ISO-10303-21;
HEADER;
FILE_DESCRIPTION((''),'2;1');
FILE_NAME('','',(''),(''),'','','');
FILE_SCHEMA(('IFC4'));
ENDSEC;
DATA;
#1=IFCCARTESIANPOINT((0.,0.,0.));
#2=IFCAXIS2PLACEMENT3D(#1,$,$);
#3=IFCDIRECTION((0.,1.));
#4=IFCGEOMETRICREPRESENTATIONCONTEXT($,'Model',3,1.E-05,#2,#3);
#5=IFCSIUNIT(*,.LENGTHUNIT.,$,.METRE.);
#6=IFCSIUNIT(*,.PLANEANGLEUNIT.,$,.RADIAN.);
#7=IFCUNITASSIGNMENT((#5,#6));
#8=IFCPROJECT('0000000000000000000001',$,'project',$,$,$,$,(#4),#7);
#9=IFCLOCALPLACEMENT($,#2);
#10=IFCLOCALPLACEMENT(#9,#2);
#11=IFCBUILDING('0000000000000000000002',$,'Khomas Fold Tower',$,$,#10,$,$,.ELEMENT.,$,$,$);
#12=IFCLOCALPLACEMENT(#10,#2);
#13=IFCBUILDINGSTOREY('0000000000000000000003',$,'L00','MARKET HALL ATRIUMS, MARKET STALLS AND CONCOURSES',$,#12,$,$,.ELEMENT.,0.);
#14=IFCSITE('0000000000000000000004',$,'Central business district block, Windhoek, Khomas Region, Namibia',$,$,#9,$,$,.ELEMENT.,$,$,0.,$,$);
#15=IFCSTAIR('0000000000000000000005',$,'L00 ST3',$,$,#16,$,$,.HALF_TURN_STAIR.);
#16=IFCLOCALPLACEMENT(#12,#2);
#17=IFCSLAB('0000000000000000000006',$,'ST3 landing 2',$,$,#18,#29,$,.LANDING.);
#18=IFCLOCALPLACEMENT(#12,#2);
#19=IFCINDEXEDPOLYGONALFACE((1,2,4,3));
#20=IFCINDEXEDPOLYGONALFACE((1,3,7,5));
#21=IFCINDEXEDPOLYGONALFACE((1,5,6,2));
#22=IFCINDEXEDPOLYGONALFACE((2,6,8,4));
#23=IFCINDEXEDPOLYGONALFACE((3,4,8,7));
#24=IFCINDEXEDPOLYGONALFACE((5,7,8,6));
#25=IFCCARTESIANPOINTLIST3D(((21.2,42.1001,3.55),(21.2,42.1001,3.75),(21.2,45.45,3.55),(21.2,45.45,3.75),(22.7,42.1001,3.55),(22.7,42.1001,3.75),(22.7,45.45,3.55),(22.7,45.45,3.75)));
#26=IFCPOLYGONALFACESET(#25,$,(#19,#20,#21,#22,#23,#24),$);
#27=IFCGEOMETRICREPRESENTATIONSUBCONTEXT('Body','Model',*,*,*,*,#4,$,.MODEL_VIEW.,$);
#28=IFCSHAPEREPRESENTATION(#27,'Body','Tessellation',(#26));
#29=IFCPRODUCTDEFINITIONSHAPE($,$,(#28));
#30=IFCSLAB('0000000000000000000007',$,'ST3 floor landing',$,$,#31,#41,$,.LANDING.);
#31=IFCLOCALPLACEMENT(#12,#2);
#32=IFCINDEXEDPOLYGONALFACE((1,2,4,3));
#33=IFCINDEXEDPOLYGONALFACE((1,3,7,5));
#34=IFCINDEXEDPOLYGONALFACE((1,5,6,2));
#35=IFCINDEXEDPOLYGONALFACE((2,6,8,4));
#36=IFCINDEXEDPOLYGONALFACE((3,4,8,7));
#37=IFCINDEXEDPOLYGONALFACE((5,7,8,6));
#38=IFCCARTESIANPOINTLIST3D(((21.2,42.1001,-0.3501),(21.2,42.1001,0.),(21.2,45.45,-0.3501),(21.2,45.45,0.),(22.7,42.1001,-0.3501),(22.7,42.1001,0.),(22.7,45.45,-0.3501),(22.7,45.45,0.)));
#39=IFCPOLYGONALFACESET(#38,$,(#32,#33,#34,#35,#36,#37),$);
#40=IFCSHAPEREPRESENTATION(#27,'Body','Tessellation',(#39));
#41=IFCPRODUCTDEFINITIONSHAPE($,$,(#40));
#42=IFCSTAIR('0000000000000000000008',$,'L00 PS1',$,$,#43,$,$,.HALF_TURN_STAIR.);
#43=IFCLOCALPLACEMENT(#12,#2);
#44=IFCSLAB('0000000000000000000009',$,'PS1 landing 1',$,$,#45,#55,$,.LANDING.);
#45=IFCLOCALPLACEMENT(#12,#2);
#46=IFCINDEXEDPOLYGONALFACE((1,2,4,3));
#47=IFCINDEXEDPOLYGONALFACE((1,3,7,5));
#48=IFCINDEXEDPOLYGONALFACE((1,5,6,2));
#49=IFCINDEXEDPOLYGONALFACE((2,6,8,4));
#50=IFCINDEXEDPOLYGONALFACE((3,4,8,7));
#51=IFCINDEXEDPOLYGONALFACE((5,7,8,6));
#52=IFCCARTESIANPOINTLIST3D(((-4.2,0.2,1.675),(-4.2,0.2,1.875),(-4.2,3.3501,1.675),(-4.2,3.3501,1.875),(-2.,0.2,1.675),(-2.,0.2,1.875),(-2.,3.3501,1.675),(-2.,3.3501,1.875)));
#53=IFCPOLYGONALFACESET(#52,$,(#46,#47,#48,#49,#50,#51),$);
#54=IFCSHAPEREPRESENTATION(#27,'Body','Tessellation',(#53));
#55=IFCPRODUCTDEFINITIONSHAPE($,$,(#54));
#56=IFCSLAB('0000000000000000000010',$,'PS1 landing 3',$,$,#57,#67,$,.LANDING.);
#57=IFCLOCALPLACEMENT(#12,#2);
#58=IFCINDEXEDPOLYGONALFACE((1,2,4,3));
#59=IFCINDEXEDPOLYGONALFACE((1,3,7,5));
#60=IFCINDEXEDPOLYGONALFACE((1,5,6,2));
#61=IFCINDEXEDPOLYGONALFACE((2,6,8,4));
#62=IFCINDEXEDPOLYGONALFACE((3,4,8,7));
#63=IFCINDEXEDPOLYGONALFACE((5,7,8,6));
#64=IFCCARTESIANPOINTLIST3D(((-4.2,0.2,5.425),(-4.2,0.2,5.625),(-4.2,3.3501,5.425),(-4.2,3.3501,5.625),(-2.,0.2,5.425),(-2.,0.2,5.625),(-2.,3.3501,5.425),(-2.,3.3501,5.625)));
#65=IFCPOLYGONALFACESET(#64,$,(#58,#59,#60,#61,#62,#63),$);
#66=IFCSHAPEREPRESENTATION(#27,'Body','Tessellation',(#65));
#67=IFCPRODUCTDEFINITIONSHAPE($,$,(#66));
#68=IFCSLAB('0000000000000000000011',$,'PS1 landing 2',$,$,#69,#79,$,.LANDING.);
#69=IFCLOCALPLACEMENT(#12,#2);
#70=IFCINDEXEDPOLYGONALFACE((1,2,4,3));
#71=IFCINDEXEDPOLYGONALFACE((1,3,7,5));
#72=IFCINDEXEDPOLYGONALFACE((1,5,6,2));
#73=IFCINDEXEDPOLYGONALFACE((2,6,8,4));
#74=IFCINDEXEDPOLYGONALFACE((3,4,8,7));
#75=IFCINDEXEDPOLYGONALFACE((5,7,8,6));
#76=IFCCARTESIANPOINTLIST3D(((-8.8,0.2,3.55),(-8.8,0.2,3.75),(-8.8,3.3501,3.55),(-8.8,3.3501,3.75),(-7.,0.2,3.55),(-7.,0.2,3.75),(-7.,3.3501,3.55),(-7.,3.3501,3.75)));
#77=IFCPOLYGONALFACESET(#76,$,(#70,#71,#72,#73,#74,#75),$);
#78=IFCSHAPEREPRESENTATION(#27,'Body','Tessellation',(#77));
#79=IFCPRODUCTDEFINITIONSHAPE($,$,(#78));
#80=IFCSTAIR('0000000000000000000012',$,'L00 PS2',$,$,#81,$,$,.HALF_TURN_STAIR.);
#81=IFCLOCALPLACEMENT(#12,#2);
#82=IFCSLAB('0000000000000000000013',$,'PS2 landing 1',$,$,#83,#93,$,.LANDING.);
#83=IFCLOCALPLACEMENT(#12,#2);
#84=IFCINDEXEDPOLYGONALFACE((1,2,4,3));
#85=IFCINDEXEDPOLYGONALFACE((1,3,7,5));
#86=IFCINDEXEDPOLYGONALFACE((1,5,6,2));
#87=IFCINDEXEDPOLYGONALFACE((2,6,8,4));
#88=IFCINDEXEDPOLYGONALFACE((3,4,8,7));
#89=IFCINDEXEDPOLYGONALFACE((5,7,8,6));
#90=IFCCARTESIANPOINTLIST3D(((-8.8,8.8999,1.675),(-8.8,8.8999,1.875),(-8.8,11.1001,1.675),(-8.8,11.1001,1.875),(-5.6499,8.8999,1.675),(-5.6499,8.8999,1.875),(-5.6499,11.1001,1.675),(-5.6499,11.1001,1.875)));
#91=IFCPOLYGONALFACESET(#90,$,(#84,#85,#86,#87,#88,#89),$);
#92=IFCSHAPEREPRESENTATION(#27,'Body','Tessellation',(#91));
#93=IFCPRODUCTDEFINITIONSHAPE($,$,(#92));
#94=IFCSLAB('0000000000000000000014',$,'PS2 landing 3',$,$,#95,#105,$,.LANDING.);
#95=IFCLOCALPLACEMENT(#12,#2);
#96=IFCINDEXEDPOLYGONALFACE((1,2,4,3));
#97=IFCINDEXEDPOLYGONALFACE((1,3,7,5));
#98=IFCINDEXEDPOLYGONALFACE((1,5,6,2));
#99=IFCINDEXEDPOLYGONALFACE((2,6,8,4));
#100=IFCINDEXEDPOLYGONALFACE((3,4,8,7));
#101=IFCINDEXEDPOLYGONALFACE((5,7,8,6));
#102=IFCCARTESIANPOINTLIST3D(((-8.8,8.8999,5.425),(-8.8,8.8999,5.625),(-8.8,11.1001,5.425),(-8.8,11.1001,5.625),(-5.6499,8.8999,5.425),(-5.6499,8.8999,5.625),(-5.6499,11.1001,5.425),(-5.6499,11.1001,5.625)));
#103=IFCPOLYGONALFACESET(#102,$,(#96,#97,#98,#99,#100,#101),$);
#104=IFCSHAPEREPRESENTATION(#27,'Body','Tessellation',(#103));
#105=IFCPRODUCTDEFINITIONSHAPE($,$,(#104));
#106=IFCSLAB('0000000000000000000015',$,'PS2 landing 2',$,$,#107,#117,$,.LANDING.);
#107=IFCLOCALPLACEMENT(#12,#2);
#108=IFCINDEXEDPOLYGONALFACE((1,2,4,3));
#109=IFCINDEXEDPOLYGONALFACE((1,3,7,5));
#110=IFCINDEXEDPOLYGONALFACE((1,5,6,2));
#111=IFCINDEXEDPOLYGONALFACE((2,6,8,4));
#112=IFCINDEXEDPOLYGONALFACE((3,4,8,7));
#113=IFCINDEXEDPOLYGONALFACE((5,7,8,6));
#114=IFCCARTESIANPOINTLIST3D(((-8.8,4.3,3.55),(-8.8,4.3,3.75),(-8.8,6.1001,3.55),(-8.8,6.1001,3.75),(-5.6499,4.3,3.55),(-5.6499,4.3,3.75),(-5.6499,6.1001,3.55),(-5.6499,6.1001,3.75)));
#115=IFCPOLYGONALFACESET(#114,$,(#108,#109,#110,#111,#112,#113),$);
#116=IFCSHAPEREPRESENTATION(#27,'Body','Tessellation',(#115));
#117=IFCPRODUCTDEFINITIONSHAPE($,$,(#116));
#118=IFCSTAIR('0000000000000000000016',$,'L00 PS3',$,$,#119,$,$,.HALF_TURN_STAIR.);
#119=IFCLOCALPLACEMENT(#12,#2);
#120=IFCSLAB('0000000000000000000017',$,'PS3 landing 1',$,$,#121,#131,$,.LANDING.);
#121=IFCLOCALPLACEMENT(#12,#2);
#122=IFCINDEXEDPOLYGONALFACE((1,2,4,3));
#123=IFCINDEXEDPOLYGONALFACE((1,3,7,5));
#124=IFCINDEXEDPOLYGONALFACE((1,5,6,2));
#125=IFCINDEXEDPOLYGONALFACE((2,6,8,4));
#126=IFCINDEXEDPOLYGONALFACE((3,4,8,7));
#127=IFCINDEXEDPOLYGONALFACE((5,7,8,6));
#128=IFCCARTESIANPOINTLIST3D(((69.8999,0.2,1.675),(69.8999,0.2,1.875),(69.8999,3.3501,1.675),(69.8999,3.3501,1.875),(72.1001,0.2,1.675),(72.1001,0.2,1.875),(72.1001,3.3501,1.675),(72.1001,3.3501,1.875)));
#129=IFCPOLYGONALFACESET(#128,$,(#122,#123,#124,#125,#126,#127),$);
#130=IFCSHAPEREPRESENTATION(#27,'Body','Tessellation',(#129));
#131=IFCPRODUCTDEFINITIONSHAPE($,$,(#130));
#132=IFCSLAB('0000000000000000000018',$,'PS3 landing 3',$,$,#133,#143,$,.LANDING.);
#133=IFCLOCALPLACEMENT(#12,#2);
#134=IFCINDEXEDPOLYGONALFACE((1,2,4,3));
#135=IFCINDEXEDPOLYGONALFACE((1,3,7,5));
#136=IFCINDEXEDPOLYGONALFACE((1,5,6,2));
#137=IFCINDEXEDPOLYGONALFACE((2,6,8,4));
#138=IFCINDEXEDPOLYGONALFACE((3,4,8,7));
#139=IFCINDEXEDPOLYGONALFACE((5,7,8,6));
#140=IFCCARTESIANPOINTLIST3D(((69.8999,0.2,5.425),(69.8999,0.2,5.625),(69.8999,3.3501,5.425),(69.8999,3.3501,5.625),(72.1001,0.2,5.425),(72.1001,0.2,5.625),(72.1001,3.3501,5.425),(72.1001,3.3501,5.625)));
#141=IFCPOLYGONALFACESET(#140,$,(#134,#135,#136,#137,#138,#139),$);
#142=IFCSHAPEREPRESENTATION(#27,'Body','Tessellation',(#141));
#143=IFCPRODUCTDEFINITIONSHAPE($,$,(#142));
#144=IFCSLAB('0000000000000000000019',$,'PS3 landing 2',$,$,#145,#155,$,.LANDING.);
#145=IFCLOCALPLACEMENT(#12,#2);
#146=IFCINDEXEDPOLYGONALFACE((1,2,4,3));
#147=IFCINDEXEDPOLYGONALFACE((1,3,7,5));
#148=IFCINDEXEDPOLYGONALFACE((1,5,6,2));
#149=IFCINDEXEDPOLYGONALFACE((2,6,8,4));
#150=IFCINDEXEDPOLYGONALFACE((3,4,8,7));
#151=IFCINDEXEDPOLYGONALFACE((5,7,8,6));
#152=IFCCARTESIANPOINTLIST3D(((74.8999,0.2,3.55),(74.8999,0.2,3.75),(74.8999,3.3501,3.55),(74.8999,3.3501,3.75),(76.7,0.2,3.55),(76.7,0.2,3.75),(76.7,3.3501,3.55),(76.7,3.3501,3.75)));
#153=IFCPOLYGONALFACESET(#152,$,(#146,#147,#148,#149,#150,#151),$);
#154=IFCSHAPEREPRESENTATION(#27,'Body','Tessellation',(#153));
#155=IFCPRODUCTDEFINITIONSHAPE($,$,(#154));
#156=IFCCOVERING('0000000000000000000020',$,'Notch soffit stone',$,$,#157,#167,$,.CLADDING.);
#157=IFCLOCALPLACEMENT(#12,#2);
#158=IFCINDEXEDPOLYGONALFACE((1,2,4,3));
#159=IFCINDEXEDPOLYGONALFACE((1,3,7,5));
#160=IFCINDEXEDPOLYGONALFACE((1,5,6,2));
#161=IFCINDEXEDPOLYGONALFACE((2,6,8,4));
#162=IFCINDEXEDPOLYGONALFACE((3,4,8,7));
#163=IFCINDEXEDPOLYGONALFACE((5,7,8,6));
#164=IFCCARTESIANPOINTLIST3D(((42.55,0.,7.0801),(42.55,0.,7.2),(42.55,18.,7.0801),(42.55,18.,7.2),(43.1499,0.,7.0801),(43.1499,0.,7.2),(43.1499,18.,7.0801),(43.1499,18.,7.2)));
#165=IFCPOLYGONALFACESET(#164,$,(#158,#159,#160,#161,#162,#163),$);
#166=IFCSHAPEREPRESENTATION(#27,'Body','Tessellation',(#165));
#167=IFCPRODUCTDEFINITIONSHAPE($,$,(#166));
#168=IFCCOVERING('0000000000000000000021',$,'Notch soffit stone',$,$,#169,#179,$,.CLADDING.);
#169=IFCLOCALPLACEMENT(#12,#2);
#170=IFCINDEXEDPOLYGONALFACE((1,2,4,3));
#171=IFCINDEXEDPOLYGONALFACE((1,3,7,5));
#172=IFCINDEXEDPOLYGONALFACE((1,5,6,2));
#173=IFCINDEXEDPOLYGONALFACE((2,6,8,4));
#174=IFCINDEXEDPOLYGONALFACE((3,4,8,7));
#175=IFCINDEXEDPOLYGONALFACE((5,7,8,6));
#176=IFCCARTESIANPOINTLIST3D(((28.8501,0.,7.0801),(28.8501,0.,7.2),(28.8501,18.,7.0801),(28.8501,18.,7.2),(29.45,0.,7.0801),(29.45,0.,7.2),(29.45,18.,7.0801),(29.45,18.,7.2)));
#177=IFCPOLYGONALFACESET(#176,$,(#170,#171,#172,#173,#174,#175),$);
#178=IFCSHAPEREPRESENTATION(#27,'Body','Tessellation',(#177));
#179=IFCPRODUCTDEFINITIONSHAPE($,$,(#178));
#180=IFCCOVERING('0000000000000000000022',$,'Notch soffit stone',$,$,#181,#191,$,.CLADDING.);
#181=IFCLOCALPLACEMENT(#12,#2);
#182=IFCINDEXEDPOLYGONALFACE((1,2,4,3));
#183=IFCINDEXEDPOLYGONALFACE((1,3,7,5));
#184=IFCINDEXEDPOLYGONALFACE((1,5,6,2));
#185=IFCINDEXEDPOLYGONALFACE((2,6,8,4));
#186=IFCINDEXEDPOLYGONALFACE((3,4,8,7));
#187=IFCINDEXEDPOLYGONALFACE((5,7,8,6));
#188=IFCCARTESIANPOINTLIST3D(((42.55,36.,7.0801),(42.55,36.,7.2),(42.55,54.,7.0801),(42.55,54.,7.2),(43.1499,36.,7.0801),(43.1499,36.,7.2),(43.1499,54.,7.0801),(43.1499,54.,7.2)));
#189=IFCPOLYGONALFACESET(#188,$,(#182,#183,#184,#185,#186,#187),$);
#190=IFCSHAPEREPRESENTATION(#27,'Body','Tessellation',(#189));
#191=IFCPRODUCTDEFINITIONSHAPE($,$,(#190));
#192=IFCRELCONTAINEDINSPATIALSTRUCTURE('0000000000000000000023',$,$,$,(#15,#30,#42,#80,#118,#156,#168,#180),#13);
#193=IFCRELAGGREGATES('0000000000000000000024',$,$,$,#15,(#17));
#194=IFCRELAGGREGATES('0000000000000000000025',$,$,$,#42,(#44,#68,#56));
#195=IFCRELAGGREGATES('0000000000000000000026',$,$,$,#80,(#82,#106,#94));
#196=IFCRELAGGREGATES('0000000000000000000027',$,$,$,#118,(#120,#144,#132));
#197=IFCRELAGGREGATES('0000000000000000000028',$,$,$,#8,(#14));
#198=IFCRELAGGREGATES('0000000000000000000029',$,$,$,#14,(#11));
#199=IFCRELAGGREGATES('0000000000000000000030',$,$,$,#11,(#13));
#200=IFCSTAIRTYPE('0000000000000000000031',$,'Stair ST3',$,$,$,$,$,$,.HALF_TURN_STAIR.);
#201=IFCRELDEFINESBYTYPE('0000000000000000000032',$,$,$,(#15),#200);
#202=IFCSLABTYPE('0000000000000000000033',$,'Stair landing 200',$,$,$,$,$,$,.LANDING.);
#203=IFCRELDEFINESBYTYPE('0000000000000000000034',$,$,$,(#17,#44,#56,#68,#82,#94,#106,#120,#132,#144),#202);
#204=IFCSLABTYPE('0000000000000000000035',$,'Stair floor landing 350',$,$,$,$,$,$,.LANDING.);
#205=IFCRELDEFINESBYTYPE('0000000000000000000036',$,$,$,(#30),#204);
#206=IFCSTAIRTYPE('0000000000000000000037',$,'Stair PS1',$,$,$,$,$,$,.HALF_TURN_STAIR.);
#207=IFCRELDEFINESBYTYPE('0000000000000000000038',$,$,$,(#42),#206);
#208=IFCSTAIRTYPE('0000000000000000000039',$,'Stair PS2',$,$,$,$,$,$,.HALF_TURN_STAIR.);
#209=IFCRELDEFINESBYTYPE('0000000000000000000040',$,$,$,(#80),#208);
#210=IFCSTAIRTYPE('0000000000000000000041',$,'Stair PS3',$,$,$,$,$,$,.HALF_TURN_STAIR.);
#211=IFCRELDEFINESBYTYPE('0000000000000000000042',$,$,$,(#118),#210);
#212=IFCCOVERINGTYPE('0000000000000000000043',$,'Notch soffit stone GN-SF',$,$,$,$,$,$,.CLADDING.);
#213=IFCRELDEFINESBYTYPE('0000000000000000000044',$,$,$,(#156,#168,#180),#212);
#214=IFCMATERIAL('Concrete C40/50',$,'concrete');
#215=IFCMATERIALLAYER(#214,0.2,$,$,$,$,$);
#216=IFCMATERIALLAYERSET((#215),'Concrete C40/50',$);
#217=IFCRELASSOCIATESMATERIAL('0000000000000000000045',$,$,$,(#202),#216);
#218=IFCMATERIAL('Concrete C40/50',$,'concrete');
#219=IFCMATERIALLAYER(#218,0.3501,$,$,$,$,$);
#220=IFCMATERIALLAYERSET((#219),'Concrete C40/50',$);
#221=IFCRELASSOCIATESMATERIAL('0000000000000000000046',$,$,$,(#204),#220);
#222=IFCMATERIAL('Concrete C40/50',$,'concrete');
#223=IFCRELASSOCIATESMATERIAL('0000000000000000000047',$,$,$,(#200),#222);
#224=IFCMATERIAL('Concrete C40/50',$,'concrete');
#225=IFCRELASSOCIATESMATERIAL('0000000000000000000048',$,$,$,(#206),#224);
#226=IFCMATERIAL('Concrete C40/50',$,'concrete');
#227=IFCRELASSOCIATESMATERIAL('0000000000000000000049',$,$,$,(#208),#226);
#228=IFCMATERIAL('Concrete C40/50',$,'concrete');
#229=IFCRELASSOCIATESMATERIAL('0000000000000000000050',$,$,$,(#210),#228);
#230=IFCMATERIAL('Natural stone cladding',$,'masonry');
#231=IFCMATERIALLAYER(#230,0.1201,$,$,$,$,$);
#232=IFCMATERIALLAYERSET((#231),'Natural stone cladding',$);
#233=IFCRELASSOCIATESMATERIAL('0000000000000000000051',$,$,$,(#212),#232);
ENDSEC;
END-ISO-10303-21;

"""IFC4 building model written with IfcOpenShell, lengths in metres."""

from ifc_helpers import new_model, si_unit, direction, frame, origin, place, context, subcontext, project, spatial, polyline, outline, extrude, source, transform, mapped, material, layer, layer_set, type_object, element, aggregate, save


model = new_model("IFC4")

# Units and contexts
model_context = context("Model", 3, precision=1e-05, world=origin(), true_north=direction((0.0, 1.0)))
body_context = subcontext(model_context, "Body", "Model", "MODEL_VIEW")
ifc_project = project(units=[si_unit("LENGTHUNIT", "METRE"), si_unit("PLANEANGLEUNIT", "RADIAN")], contexts=[model_context])

# Site, building, storey
site_placement = place(None, origin())
site = spatial("IfcSite", under=ifc_project, at=site_placement, Name="Central business district block, Windhoek, Khomas Region, Namibia", CompositionType="ELEMENT", RefElevation=0.0)
building_placement = place(site_placement, origin())
building = spatial("IfcBuilding", under=site, at=building_placement, Name="Khomas Fold Tower", CompositionType="ELEMENT")
storey_placement = place(building_placement, origin())
storey = spatial("IfcBuildingStorey", under=building, at=storey_placement, Name="L00", Description="MARKET HALL ATRIUMS, MARKET STALLS AND CONCOURSES", CompositionType="ELEMENT", Elevation=0.0)

# Shared definitions
ifc_material_1 = material(Name="Concrete C40/50", Category="concrete")
ifc_layer_1 = layer(ifc_material_1, 0.2)
ifc_layer_set_1 = layer_set([ifc_layer_1], Name="Concrete C40/50")
slab_type_1 = type_object("IfcSlabType", Name="Stair landing 200", PredefinedType="LANDING", material=ifc_layer_set_1)

# Shared definitions
ifc_material_2 = material(Name="Concrete C40/50", Category="concrete")
ifc_layer_2 = layer(ifc_material_2, 0.3501)
ifc_layer_set_2 = layer_set([ifc_layer_2], Name="Concrete C40/50")
slab_type_2 = type_object("IfcSlabType", Name="Stair floor landing 350", PredefinedType="LANDING", material=ifc_layer_set_2)

# Stair, slab
ifc_material_3 = material(Name="Concrete C40/50", Category="concrete")
stair_type_1 = type_object("IfcStairType", Name="Stair ST3", PredefinedType="HALF_TURN_STAIR", material=ifc_material_3)
stair_1_placement = place(storey_placement, origin())
stair_1 = element("IfcStair", 1, at=stair_1_placement, inside=storey, type_object=stair_type_1, Name="L00 ST3", PredefinedType="HALF_TURN_STAIR")
shared_shape_1 = source(origin(), body_context, "Body", "SweptSolid", [
    extrude(outline(polyline([(21.2, 42.1001), (22.7, 42.1001), (22.7, 45.45), (21.2, 45.45), (21.2, 42.1001)])), origin(), (0.0, 0.0, 1.0), 0.2),
])
slab_1_placement = place(storey_placement, frame((0.0, 0.0, 3.55)))
slab_1 = element("IfcSlab", 2, at=slab_1_placement, type_object=slab_type_1, Name="ST3 landing 2", PredefinedType="LANDING", context=body_context, shape_type="MappedRepresentation", body=[
    mapped(shared_shape_1, transform((0.0, 0.0, 0.0))),
])
aggregate(stair_1, [slab_1])

# Slab
shared_shape_2 = source(origin(), body_context, "Body", "SweptSolid", [
    extrude(outline(polyline([(22.7, 42.1001), (21.2, 42.1001), (21.2, 45.45), (22.7, 45.45), (22.7, 42.1001)])), origin(), (0.0, 0.0, 1.0), 0.3501),
])
slab_2_placement = place(storey_placement, frame((0.0, 0.0, -0.3501)))
element("IfcSlab", 3, at=slab_2_placement, inside=storey, type_object=slab_type_2, Name="ST3 floor landing", PredefinedType="LANDING", context=body_context, shape_type="MappedRepresentation", body=[
    mapped(shared_shape_2, transform((0.0, 0.0, 0.0))),
])

# Stairs, slabs
ifc_material_4 = material(Name="Concrete C40/50", Category="concrete")
stair_type_2 = type_object("IfcStairType", Name="Stair PS1", PredefinedType="HALF_TURN_STAIR", material=ifc_material_4)
stair_2_placement = place(storey_placement, origin())
stair_2 = element("IfcStair", 4, at=stair_2_placement, inside=storey, type_object=stair_type_2, Name="L00 PS1", PredefinedType="HALF_TURN_STAIR")
shared_shape_3 = source(origin(), body_context, "Body", "SweptSolid", [
    extrude(outline(polyline([(-4.2, 0.2), (-2.0, 0.2), (-2.0, 3.3501), (-4.2, 3.3501), (-4.2, 0.2)])), origin(), (0.0, 0.0, 1.0), 0.2),
])
slab_3_placement = place(storey_placement, frame((0.0, 0.0, 1.675)))
slab_3 = element("IfcSlab", 5, at=slab_3_placement, type_object=slab_type_1, Name="PS1 landing 1", PredefinedType="LANDING", context=body_context, shape_type="MappedRepresentation", body=[
    mapped(shared_shape_3, transform((0.0, 0.0, 0.0))),
])
slab_4_placement = place(storey_placement, frame((0.0, 0.0, 5.425)))
slab_4 = element("IfcSlab", 6, at=slab_4_placement, type_object=slab_type_1, Name="PS1 landing 3", PredefinedType="LANDING", context=body_context, shape_type="MappedRepresentation", body=[
    mapped(shared_shape_3, transform((0.0, 0.0, 0.0))),
])
shared_shape_4 = source(origin(), body_context, "Body", "SweptSolid", [
    extrude(outline(polyline([(-8.8, 0.2), (-7.0, 0.2), (-7.0, 3.3501), (-8.8, 3.3501), (-8.8, 0.2)])), origin(), (0.0, 0.0, 1.0), 0.2),
])
slab_5_placement = place(storey_placement, frame((0.0, 0.0, 3.55)))
slab_5 = element("IfcSlab", 7, at=slab_5_placement, type_object=slab_type_1, Name="PS1 landing 2", PredefinedType="LANDING", context=body_context, shape_type="MappedRepresentation", body=[
    mapped(shared_shape_4, transform((0.0, 0.0, 0.0))),
])
aggregate(stair_2, [slab_3, slab_5, slab_4])
ifc_material_5 = material(Name="Concrete C40/50", Category="concrete")
stair_type_3 = type_object("IfcStairType", Name="Stair PS2", PredefinedType="HALF_TURN_STAIR", material=ifc_material_5)
stair_3_placement = place(storey_placement, origin())
stair_3 = element("IfcStair", 8, at=stair_3_placement, inside=storey, type_object=stair_type_3, Name="L00 PS2", PredefinedType="HALF_TURN_STAIR")
shared_shape_5 = source(origin(), body_context, "Body", "SweptSolid", [
    extrude(outline(polyline([(-5.6499, 8.8999), (-5.6499, 11.1001), (-8.8, 11.1001), (-8.8, 8.8999), (-5.6499, 8.8999)])), origin(), (0.0, 0.0, 1.0), 0.2),
])
slab_6_placement = place(storey_placement, frame((0.0, 0.0, 1.675)))
slab_6 = element("IfcSlab", 9, at=slab_6_placement, type_object=slab_type_1, Name="PS2 landing 1", PredefinedType="LANDING", context=body_context, shape_type="MappedRepresentation", body=[
    mapped(shared_shape_5, transform((0.0, 0.0, 0.0))),
])
slab_7_placement = place(storey_placement, frame((0.0, 0.0, 5.425)))
slab_7 = element("IfcSlab", 10, at=slab_7_placement, type_object=slab_type_1, Name="PS2 landing 3", PredefinedType="LANDING", context=body_context, shape_type="MappedRepresentation", body=[
    mapped(shared_shape_5, transform((0.0, 0.0, 0.0))),
])
shared_shape_6 = source(origin(), body_context, "Body", "SweptSolid", [
    extrude(outline(polyline([(-5.6499, 4.3), (-5.6499, 6.1001), (-8.8, 6.1001), (-8.8, 4.3), (-5.6499, 4.3)])), origin(), (0.0, 0.0, 1.0), 0.2),
])
slab_8_placement = place(storey_placement, frame((0.0, 0.0, 3.55)))
slab_8 = element("IfcSlab", 11, at=slab_8_placement, type_object=slab_type_1, Name="PS2 landing 2", PredefinedType="LANDING", context=body_context, shape_type="MappedRepresentation", body=[
    mapped(shared_shape_6, transform((0.0, 0.0, 0.0))),
])
aggregate(stair_3, [slab_6, slab_8, slab_7])
ifc_material_6 = material(Name="Concrete C40/50", Category="concrete")
stair_type_4 = type_object("IfcStairType", Name="Stair PS3", PredefinedType="HALF_TURN_STAIR", material=ifc_material_6)
stair_4_placement = place(storey_placement, origin())
stair_4 = element("IfcStair", 12, at=stair_4_placement, inside=storey, type_object=stair_type_4, Name="L00 PS3", PredefinedType="HALF_TURN_STAIR")
shared_shape_7 = source(origin(), body_context, "Body", "SweptSolid", [
    extrude(outline(polyline([(72.1001, 3.3501), (69.8999, 3.3501), (69.8999, 0.2), (72.1001, 0.2), (72.1001, 3.3501)])), origin(), (0.0, 0.0, 1.0), 0.2),
])
slab_9_placement = place(storey_placement, frame((0.0, 0.0, 1.675)))
slab_9 = element("IfcSlab", 13, at=slab_9_placement, type_object=slab_type_1, Name="PS3 landing 1", PredefinedType="LANDING", context=body_context, shape_type="MappedRepresentation", body=[
    mapped(shared_shape_7, transform((0.0, 0.0, 0.0))),
])
slab_10_placement = place(storey_placement, frame((0.0, 0.0, 5.425)))
slab_10 = element("IfcSlab", 14, at=slab_10_placement, type_object=slab_type_1, Name="PS3 landing 3", PredefinedType="LANDING", context=body_context, shape_type="MappedRepresentation", body=[
    mapped(shared_shape_7, transform((0.0, 0.0, 0.0))),
])
shared_shape_8 = source(origin(), body_context, "Body", "SweptSolid", [
    extrude(outline(polyline([(76.7, 3.3501), (74.8999, 3.3501), (74.8999, 0.2), (76.7, 0.2), (76.7, 3.3501)])), origin(), (0.0, 0.0, 1.0), 0.2),
])
slab_11_placement = place(storey_placement, frame((0.0, 0.0, 3.55)))
slab_11 = element("IfcSlab", 15, at=slab_11_placement, type_object=slab_type_1, Name="PS3 landing 2", PredefinedType="LANDING", context=body_context, shape_type="MappedRepresentation", body=[
    mapped(shared_shape_8, transform((0.0, 0.0, 0.0))),
])
aggregate(stair_4, [slab_9, slab_11, slab_10])

# Coverings
ifc_material_7 = material(Name="Natural stone cladding", Category="masonry")
ifc_layer_3 = layer(ifc_material_7, 0.1201)
ifc_layer_set_3 = layer_set([ifc_layer_3], Name="Natural stone cladding")
covering_type = type_object("IfcCoveringType", Name="Notch soffit stone GN-SF", PredefinedType="CLADDING", material=ifc_layer_set_3)
shared_shape_9 = source(origin(), body_context, "Body", "SweptSolid", [
    extrude(outline(polyline([(42.55, 18.0), (42.55, 0.0), (43.1499, 0.0), (43.1499, 18.0), (42.55, 18.0)])), origin(), (0.0, 0.0, 1.0), 0.1199),
])
covering_1_placement = place(storey_placement, frame((0.0, 0.0, 7.0801)))
element("IfcCovering", 16, at=covering_1_placement, inside=storey, type_object=covering_type, Name="Notch soffit stone", PredefinedType="CLADDING", context=body_context, shape_type="MappedRepresentation", body=[
    mapped(shared_shape_9, transform((0.0, 0.0, 0.0))),
])
shared_shape_10 = source(origin(), body_context, "Body", "SweptSolid", [
    extrude(outline(polyline([(29.45, 0.0), (29.45, 18.0), (28.8501, 18.0), (28.8501, 0.0), (29.45, 0.0)])), origin(), (0.0, 0.0, 1.0), 0.1199),
])
covering_2_placement = place(storey_placement, frame((0.0, 0.0, 7.0801)))
element("IfcCovering", 17, at=covering_2_placement, inside=storey, type_object=covering_type, Name="Notch soffit stone", PredefinedType="CLADDING", context=body_context, shape_type="MappedRepresentation", body=[
    mapped(shared_shape_10, transform((0.0, 0.0, 0.0))),
])
shared_shape_11 = source(origin(), body_context, "Body", "SweptSolid", [
    extrude(outline(polyline([(42.55, 54.0), (42.55, 36.0), (43.1499, 36.0), (43.1499, 54.0), (42.55, 54.0)])), origin(), (0.0, 0.0, 1.0), 0.1199),
])
covering_3_placement = place(storey_placement, frame((0.0, 0.0, 7.0801)))
element("IfcCovering", 18, at=covering_3_placement, inside=storey, type_object=covering_type, Name="Notch soffit stone", PredefinedType="CLADDING", context=body_context, shape_type="MappedRepresentation", body=[
    mapped(shared_shape_11, transform((0.0, 0.0, 0.0))),
])

save(model, "model.ifc")
